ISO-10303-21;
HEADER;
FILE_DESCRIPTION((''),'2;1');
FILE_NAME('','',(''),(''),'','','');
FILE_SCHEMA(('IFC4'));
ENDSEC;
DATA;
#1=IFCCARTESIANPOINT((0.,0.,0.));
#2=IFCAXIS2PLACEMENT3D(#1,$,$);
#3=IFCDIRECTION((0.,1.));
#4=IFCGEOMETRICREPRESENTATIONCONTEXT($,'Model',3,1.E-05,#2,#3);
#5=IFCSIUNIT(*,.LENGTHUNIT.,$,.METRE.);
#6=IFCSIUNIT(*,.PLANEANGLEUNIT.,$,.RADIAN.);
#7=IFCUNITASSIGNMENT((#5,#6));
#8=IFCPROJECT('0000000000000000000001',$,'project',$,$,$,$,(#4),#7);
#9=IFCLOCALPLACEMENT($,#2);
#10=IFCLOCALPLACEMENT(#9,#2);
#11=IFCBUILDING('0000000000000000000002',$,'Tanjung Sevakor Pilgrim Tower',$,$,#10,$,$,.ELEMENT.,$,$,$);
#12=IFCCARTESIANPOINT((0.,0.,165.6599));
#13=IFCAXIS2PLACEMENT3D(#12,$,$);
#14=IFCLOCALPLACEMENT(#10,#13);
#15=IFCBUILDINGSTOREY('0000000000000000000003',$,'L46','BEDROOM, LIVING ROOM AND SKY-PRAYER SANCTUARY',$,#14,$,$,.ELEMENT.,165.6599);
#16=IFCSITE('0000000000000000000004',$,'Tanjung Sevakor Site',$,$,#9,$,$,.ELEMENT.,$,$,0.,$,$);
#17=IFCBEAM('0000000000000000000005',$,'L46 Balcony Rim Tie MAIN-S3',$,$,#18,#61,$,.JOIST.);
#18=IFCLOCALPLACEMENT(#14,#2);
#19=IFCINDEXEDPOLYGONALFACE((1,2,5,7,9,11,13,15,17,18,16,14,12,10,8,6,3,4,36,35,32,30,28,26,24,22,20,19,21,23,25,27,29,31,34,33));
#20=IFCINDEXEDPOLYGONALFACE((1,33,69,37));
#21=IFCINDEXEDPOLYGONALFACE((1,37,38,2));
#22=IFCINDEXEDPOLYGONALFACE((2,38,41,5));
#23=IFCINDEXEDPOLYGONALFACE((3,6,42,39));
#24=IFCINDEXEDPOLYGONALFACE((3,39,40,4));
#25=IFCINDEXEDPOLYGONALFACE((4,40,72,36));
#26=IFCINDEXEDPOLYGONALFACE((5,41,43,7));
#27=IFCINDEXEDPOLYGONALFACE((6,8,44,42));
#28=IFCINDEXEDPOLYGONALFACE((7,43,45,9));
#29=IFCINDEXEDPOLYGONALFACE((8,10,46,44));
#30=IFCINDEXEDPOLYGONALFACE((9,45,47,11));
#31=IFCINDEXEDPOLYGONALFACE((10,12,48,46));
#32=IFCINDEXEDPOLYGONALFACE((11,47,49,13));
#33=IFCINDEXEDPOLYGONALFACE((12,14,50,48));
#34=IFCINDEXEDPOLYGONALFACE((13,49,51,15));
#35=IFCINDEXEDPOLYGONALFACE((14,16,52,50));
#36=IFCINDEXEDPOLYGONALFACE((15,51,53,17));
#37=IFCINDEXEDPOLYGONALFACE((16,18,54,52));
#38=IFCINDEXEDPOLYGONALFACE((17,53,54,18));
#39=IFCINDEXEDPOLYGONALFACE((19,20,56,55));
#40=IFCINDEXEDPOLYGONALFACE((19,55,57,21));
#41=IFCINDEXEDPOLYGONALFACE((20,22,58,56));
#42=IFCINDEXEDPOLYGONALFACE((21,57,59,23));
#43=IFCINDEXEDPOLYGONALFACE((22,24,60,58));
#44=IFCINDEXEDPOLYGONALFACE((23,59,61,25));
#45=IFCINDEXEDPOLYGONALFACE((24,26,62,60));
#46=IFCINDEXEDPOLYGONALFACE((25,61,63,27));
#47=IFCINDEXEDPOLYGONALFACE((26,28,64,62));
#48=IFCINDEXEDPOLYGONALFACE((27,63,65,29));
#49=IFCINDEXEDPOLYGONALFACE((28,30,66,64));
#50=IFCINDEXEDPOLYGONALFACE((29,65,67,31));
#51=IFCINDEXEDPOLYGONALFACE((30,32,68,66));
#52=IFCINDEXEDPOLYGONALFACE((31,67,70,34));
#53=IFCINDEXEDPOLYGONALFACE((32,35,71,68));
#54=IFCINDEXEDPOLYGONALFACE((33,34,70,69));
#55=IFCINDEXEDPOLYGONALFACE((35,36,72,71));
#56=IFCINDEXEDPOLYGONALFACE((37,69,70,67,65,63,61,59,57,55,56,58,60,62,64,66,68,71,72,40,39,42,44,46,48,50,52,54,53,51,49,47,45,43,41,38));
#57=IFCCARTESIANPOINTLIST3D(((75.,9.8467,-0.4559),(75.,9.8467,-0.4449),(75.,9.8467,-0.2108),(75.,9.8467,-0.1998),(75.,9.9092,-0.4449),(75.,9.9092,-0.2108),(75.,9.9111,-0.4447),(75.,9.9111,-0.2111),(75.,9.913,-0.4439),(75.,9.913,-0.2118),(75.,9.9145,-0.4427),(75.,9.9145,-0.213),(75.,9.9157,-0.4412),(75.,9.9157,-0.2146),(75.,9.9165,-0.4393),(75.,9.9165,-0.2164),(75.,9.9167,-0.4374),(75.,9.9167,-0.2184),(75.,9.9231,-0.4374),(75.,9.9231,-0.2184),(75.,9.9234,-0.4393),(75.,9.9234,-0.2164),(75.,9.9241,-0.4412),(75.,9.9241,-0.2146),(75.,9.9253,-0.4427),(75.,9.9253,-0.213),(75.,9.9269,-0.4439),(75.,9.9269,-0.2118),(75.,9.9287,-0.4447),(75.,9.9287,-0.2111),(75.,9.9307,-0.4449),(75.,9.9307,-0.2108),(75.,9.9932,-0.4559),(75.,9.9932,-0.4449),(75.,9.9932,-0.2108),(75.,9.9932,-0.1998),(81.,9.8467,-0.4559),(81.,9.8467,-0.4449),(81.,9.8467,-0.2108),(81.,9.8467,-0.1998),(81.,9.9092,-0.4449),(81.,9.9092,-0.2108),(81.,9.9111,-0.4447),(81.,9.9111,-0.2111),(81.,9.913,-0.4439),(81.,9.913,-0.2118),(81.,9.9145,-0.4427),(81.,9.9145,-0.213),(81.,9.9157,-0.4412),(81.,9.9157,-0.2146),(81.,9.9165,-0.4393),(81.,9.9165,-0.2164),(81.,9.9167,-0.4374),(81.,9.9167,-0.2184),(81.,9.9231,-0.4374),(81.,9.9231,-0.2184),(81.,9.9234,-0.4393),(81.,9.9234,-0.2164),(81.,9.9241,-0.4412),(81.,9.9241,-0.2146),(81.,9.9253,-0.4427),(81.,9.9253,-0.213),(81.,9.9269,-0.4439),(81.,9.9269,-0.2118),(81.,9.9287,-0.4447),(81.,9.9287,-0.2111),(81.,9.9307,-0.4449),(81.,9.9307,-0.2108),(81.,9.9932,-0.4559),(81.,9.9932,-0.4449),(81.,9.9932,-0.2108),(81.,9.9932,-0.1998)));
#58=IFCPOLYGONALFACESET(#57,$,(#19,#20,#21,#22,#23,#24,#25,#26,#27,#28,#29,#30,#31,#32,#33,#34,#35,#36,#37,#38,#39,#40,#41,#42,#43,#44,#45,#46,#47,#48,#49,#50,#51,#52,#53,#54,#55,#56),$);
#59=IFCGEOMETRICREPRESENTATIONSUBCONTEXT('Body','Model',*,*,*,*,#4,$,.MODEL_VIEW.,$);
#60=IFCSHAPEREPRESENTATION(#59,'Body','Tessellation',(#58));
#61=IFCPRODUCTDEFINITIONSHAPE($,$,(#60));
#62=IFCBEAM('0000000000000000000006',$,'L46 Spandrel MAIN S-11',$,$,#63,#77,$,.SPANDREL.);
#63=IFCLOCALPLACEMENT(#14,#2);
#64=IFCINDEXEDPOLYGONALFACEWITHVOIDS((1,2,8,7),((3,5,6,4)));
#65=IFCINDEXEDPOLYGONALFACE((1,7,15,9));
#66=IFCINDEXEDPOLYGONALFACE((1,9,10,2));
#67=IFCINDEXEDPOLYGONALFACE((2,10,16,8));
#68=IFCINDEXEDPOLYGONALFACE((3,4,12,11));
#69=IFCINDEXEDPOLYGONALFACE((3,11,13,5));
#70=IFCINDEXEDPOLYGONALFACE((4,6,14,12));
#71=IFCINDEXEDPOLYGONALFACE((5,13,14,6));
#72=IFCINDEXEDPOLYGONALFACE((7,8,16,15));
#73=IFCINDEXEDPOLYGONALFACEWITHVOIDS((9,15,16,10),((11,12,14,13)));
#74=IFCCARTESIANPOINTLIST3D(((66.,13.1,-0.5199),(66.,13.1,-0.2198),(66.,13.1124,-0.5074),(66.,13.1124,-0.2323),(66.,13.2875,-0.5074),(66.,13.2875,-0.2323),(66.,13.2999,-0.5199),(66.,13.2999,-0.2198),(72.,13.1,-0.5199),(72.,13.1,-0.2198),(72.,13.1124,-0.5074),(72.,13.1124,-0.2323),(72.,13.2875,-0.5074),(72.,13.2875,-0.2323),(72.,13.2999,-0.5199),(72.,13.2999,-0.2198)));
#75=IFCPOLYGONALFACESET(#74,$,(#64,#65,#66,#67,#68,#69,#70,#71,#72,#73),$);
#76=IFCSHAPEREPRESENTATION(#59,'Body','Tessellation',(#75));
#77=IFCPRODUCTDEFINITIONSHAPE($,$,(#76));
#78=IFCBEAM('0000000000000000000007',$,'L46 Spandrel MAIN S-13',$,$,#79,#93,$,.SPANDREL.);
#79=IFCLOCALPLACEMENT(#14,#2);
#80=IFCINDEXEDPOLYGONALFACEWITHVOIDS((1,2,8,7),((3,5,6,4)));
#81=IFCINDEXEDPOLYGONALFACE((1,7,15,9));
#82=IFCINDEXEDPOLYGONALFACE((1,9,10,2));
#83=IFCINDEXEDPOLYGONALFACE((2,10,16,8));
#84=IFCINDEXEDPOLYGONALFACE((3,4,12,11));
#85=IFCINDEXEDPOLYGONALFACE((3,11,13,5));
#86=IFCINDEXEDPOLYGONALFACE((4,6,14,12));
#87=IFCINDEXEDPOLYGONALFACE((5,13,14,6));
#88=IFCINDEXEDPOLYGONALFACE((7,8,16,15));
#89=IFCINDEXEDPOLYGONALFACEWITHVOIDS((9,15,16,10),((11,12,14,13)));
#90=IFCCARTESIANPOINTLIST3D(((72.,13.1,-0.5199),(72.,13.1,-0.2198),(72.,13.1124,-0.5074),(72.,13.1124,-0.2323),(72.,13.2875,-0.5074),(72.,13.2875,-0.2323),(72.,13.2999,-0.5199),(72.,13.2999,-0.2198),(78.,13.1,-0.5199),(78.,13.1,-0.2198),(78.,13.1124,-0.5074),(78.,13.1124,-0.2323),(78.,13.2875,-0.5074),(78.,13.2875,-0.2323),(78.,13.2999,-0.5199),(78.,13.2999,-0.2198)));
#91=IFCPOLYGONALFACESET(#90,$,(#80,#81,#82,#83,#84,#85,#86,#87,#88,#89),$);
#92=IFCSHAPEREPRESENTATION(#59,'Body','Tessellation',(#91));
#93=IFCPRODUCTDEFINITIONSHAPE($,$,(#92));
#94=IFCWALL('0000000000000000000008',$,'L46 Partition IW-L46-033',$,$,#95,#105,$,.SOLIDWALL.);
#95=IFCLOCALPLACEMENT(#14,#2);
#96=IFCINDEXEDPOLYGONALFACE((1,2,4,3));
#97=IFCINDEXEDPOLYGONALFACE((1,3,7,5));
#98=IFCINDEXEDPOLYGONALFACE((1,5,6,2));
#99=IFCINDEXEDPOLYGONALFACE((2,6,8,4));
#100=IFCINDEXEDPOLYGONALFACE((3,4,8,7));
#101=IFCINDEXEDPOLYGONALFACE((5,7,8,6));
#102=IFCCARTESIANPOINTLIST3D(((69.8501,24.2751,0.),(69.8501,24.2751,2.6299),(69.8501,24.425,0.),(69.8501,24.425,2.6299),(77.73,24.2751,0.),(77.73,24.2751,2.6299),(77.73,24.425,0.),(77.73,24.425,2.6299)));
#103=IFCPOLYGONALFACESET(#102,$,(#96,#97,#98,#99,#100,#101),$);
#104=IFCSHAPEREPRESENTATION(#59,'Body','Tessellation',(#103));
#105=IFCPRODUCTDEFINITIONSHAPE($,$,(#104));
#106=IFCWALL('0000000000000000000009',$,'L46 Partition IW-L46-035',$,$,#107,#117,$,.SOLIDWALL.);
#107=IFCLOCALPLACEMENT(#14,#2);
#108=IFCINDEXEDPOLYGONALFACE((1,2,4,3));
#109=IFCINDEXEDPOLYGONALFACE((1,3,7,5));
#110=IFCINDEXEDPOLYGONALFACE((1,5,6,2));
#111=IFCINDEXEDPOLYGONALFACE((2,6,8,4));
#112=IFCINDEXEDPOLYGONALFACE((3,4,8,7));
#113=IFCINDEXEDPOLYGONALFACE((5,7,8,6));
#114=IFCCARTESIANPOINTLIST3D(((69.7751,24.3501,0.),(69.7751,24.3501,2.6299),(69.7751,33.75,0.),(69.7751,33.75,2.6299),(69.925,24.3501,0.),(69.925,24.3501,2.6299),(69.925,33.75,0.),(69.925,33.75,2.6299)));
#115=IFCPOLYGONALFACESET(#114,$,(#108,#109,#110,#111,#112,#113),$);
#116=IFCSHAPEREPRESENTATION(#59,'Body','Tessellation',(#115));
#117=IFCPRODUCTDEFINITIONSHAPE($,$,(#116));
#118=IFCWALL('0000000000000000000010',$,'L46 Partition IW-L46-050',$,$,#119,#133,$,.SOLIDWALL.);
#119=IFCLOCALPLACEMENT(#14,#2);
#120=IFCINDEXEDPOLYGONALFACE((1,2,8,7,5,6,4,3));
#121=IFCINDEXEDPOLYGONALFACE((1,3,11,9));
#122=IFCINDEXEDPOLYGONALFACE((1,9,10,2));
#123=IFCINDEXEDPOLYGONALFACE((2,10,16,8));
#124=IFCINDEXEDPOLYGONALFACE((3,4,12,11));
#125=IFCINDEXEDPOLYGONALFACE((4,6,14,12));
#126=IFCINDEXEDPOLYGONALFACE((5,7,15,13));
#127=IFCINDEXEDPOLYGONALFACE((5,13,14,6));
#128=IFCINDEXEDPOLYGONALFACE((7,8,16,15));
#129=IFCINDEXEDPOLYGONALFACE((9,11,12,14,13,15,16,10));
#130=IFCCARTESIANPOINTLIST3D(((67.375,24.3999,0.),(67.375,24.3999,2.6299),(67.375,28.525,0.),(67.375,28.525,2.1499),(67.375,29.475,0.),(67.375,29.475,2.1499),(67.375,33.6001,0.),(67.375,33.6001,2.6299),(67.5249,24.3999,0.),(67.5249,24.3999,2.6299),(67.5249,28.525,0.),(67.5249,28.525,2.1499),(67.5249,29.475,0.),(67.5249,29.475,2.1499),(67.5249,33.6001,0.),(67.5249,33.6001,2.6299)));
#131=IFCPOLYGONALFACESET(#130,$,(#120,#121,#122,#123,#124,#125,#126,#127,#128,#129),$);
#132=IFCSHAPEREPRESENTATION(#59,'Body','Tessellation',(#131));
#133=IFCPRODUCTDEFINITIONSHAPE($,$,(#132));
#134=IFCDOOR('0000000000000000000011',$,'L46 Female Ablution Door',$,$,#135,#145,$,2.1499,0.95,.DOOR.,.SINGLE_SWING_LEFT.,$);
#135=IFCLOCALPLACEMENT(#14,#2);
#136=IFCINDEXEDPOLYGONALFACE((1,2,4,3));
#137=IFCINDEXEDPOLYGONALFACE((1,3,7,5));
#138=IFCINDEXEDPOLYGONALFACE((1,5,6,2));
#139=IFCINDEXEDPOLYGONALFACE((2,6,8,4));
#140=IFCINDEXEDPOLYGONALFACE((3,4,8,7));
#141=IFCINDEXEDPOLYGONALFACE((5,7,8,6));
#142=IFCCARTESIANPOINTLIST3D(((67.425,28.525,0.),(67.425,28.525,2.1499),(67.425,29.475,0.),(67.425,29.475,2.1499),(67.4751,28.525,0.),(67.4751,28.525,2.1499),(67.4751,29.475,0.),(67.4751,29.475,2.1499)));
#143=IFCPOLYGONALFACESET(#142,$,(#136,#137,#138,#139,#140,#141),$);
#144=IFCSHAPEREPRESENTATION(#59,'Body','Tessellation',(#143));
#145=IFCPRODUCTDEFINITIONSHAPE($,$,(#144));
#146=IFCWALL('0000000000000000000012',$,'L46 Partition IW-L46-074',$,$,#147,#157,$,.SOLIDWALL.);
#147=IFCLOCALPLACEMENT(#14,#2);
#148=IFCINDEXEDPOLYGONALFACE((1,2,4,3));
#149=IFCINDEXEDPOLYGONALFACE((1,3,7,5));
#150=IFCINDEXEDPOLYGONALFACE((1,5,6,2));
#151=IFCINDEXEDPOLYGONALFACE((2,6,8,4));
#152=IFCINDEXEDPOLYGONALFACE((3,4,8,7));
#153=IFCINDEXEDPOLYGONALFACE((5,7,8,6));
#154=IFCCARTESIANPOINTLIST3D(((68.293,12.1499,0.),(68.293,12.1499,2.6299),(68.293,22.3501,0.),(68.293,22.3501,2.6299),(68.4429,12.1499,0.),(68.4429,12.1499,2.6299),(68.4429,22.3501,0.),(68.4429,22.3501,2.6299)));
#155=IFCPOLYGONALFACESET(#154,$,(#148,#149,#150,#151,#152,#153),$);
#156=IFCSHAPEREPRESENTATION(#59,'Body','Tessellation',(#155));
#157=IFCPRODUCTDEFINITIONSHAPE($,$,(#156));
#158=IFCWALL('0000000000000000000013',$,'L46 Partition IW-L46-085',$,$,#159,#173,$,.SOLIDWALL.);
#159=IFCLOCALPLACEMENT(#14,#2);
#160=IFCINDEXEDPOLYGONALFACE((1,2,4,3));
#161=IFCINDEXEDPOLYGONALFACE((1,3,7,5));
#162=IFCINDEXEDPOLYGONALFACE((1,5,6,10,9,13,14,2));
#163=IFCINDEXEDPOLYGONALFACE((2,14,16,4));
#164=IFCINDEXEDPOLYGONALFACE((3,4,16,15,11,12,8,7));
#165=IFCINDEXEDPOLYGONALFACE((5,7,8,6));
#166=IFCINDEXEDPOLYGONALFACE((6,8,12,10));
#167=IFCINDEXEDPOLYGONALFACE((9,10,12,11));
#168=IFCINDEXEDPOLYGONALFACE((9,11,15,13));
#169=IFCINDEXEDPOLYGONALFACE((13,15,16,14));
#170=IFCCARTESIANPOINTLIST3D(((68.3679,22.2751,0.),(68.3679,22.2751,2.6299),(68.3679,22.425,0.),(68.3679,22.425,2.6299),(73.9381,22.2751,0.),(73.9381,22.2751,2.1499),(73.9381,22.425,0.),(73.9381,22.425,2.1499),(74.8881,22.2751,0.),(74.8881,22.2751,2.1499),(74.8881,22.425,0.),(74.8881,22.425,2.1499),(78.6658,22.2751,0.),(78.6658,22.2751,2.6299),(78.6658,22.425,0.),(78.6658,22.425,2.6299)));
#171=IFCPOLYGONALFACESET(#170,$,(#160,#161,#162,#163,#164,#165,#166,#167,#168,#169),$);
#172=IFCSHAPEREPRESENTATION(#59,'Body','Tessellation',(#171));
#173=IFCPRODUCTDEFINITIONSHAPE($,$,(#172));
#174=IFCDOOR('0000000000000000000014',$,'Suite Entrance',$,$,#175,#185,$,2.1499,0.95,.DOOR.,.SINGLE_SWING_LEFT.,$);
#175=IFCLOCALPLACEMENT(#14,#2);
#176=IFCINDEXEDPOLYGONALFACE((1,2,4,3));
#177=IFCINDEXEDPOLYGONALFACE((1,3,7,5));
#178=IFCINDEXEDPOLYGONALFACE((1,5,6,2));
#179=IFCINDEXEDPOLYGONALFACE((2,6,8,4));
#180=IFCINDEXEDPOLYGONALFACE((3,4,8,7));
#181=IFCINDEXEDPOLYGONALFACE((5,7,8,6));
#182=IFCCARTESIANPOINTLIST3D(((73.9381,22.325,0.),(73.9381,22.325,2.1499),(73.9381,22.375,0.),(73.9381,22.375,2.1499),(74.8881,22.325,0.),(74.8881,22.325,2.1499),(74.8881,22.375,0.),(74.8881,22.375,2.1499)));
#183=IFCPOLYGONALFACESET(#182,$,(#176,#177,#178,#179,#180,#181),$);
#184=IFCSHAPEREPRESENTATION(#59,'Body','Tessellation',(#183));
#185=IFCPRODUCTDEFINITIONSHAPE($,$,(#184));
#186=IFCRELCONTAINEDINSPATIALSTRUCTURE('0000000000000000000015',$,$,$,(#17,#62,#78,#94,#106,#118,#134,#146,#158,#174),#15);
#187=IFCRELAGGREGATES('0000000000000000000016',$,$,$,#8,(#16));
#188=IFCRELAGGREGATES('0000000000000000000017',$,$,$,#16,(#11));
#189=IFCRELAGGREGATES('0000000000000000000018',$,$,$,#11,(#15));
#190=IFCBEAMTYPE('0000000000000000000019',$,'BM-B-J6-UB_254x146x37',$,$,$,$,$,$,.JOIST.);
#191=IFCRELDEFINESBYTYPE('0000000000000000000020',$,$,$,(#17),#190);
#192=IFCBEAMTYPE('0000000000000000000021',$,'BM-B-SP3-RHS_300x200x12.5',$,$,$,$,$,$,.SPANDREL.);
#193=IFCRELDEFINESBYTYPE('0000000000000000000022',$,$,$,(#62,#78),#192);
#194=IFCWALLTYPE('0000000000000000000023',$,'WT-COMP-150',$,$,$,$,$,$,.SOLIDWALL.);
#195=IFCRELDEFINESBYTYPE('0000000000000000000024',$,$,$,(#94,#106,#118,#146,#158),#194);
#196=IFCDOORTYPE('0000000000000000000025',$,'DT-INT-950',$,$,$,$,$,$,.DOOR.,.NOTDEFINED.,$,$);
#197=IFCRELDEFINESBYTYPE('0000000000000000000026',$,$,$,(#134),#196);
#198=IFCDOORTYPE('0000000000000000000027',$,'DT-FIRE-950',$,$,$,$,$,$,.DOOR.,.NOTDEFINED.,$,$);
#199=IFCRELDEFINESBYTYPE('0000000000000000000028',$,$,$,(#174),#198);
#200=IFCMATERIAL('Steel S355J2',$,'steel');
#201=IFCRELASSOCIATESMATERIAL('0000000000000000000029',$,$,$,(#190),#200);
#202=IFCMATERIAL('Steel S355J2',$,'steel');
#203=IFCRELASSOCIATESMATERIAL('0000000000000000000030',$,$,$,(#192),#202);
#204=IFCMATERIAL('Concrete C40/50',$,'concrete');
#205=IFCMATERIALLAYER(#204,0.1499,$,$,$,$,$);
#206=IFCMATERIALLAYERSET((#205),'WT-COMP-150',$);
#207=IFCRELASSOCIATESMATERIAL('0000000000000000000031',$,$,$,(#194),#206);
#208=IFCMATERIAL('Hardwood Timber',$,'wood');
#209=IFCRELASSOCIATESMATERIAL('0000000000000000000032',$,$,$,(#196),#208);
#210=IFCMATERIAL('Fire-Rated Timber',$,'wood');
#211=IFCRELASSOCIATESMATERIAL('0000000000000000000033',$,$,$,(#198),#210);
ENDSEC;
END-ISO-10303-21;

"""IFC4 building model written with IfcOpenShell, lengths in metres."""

from ifc_helpers import new_model, si_unit, direction, frame, frame_2d, origin, origin_2d, place, context, subcontext, project, spatial, rectangle, hollow_rectangle, i_section, extrude, material, layer, layer_set, material_profile, profile_set, type_object, element, fill, save


model = new_model("IFC4")

# Units and contexts
model_context = context("Model", 3, precision=1e-05, world=origin(), true_north=direction((0.0, 1.0)))
body_context = subcontext(model_context, "Body", "Model", "MODEL_VIEW")
ifc_project = project(units=[si_unit("LENGTHUNIT", "METRE"), si_unit("PLANEANGLEUNIT", "RADIAN")], contexts=[model_context])

# Site, building, storey
site_placement = place(None, origin())
site = spatial("IfcSite", under=ifc_project, at=site_placement, Name="Tanjung Sevakor Site", CompositionType="ELEMENT", RefElevation=0.0)
building_placement = place(site_placement, origin())
building = spatial("IfcBuilding", under=site, at=building_placement, Name="Tanjung Sevakor Pilgrim Tower", CompositionType="ELEMENT")
storey_placement = place(building_placement, frame((0.0, 0.0, 165.6599)))
storey = spatial("IfcBuildingStorey", under=building, at=storey_placement, Name="L46", Description="BEDROOM, LIVING ROOM AND SKY-PRAYER SANCTUARY", CompositionType="ELEMENT", Elevation=165.6599)

# Beams
ifc_material_1 = material(Name="Steel S355J2", Category="steel")
ifc_material_profile_1 = material_profile(ifc_material_1, i_section(OverallWidth=0.1465, OverallDepth=0.2561, WebThickness=0.0063, FlangeThickness=0.011, FilletRadius=0.0076, at=origin_2d()))
ifc_profile_set_1 = profile_set([ifc_material_profile_1], Name="Steel S355J2")
beam_type_1 = type_object("IfcBeamType", Name="BM-B-J6-UB_254x146x37", PredefinedType="JOIST", material=ifc_profile_set_1)
beam_1_placement = place(storey_placement, frame((75.0, 9.9199, -0.3279), z_axis=(1.0, 0.0, 0.0), x_axis=(0.0, 1.0, 0.0)))
element("IfcBeam", 1, at=beam_1_placement, inside=storey, type_object=beam_type_1, Name="L46 Balcony Rim Tie MAIN-S3", PredefinedType="JOIST", context=body_context, shape_type="SweptSolid", body=[
    extrude(i_section(OverallWidth=0.1465, OverallDepth=0.2561, WebThickness=0.0063, FlangeThickness=0.011, FilletRadius=0.0076, at=origin_2d()), origin(), (0.0, 0.0, 1.0), 6.0),
])
ifc_material_2 = material(Name="Steel S355J2", Category="steel")
ifc_material_profile_2 = material_profile(ifc_material_2, hollow_rectangle(XDim=0.2, YDim=0.3, WallThickness=0.0125, at=origin_2d()))
ifc_profile_set_2 = profile_set([ifc_material_profile_2], Name="Steel S355J2")
beam_type_2 = type_object("IfcBeamType", Name="BM-B-SP3-RHS_300x200x12.5", PredefinedType="SPANDREL", material=ifc_profile_set_2)
for number, where, z_axis, x_axis, name in (
    (2, (66.0, 13.2, -0.3699), (1.0, 0.0, 0.0), (0.0, 1.0, 0.0), "L46 Spandrel MAIN S-11"),
    (3, (72.0, 13.2, -0.3699), (1.0, 0.0, 0.0), (0.0, 1.0, 0.0), "L46 Spandrel MAIN S-13"),
):
    element("IfcBeam", number, at=place(storey_placement, frame(where, z_axis=z_axis, x_axis=x_axis)), inside=storey, type_object=beam_type_2, Name=name, PredefinedType="SPANDREL", context=body_context, shape_type="SweptSolid", body=[
        extrude(hollow_rectangle(XDim=0.2, YDim=0.3, WallThickness=0.0125, at=origin_2d()), origin(), (0.0, 0.0, 1.0), 6.0),
    ])

# Walls
ifc_material_3 = material(Name="Concrete C40/50", Category="concrete")
ifc_layer_1 = layer(ifc_material_3, 0.1499)
ifc_layer_set_1 = layer_set([ifc_layer_1], Name="WT-COMP-150")
wall_type_1 = type_object("IfcWallType", Name="WT-COMP-150", PredefinedType="SOLIDWALL", material=ifc_layer_set_1)
wall_1_placement = place(storey_placement, frame((69.8501, 24.3501, 0.0), z_axis=(0.0, 0.0, 1.0), x_axis=(1.0, 0.0, 0.0)))
element("IfcWall", 4, at=wall_1_placement, inside=storey, type_object=wall_type_1, Name="L46 Partition IW-L46-033", PredefinedType="SOLIDWALL", context=body_context, shape_type="SweptSolid", body=[
    extrude(rectangle(XDim=7.8799, YDim=0.1499, at=frame_2d((3.9399, 0.0))), origin(), (0.0, 0.0, 1.0), 2.6299),
])
wall_2_placement = place(storey_placement, frame((69.8501, 24.3501, 0.0), z_axis=(0.0, 0.0, 1.0), x_axis=(0.0, 1.0, 0.0)))
element("IfcWall", 5, at=wall_2_placement, inside=storey, type_object=wall_type_1, Name="L46 Partition IW-L46-035", PredefinedType="SOLIDWALL", context=body_context, shape_type="SweptSolid", body=[
    extrude(rectangle(XDim=9.3999, YDim=0.1499, at=frame_2d((4.7, 0.0))), origin(), (0.0, 0.0, 1.0), 2.6299),
])

# Wall, opening, door
wall_3_placement = place(storey_placement, frame((67.45, 24.3999, 0.0), z_axis=(0.0, 0.0, 1.0), x_axis=(0.0, 1.0, 0.0)))
wall_3 = element("IfcWall", 6, at=wall_3_placement, inside=storey, type_object=wall_type_1, Name="L46 Partition IW-L46-050", PredefinedType="SOLIDWALL", context=body_context, shape_type="SweptSolid", body=[
    extrude(rectangle(XDim=9.2002, YDim=0.1499, at=frame_2d((4.6001, 0.0))), origin(), (0.0, 0.0, 1.0), 2.6299),
])
opening_1_placement = place(wall_3_placement, frame((4.125, 0.0, 0.0)))
opening_1 = element("IfcOpeningElement", 7, at=opening_1_placement, cuts=wall_3, PredefinedType="OPENING", context=body_context, shape_type="SweptSolid", body=[
    extrude(rectangle(XDim=0.95, YDim=2.1499, at=frame_2d((0.4751, 1.075))), frame((0.0, 0.085, 0.0), z_axis=(0.0, -1.0, 0.0), x_axis=(1.0, 0.0, 0.0)), (0.0, 0.0, 1.0), 0.1699),
])
ifc_material_4 = material(Name="Hardwood Timber", Category="wood")
door_type_1 = type_object("IfcDoorType", Name="DT-INT-950", OperationType="NOTDEFINED", PredefinedType="DOOR", material=ifc_material_4)
door_1_placement = place(opening_1_placement, origin())
door_1 = element("IfcDoor", 8, at=door_1_placement, inside=storey, type_object=door_type_1, Name="L46 Female Ablution Door", OperationType="SINGLE_SWING_LEFT", OverallHeight=2.1499, OverallWidth=0.95, PredefinedType="DOOR", context=body_context, shape_type="SweptSolid", body=[
    extrude(rectangle(XDim=0.95, YDim=2.1499, at=frame_2d((0.4751, 1.075))), frame((0.0, 0.0249, 0.0), z_axis=(0.0, -1.0, 0.0), x_axis=(1.0, 0.0, 0.0)), (0.0, 0.0, 1.0), 0.05),
])
fill(opening_1, door_1)

# Wall
wall_4_placement = place(storey_placement, frame((68.3679, 12.1499, 0.0), z_axis=(0.0, 0.0, 1.0), x_axis=(0.0, 1.0, 0.0)))
element("IfcWall", 9, at=wall_4_placement, inside=storey, type_object=wall_type_1, Name="L46 Partition IW-L46-074", PredefinedType="SOLIDWALL", context=body_context, shape_type="SweptSolid", body=[
    extrude(rectangle(XDim=10.2002, YDim=0.1499, at=frame_2d((5.1001, 0.0))), origin(), (0.0, 0.0, 1.0), 2.6299),
])

# Wall, opening, door
wall_5_placement = place(storey_placement, frame((68.3679, 22.3501, 0.0), z_axis=(0.0, 0.0, 1.0), x_axis=(1.0, 0.0, 0.0)))
wall_5 = element("IfcWall", 10, at=wall_5_placement, inside=storey, type_object=wall_type_1, Name="L46 Partition IW-L46-085", PredefinedType="SOLIDWALL", context=body_context, shape_type="SweptSolid", body=[
    extrude(rectangle(XDim=10.2979, YDim=0.1499, at=frame_2d((5.1489, 0.0))), origin(), (0.0, 0.0, 1.0), 2.6299),
])
opening_2_placement = place(wall_5_placement, frame((5.5701, 0.0, 0.0)))
opening_2 = element("IfcOpeningElement", 11, at=opening_2_placement, cuts=wall_5, PredefinedType="OPENING", context=body_context, shape_type="SweptSolid", body=[
    extrude(rectangle(XDim=0.95, YDim=2.1499, at=frame_2d((0.4751, 1.075))), frame((0.0, 0.085, 0.0), z_axis=(0.0, -1.0, 0.0), x_axis=(1.0, 0.0, 0.0)), (0.0, 0.0, 1.0), 0.1699),
])
ifc_material_5 = material(Name="Fire-Rated Timber", Category="wood")
door_type_2 = type_object("IfcDoorType", Name="DT-FIRE-950", OperationType="NOTDEFINED", PredefinedType="DOOR", material=ifc_material_5)
door_2_placement = place(opening_2_placement, origin())
door_2 = element("IfcDoor", 12, at=door_2_placement, inside=storey, type_object=door_type_2, Name="Suite Entrance", OperationType="SINGLE_SWING_LEFT", OverallHeight=2.1499, OverallWidth=0.95, PredefinedType="DOOR", context=body_context, shape_type="SweptSolid", body=[
    extrude(rectangle(XDim=0.95, YDim=2.1499, at=frame_2d((0.4751, 1.075))), frame((0.0, 0.0249, 0.0), z_axis=(0.0, -1.0, 0.0), x_axis=(1.0, 0.0, 0.0)), (0.0, 0.0, 1.0), 0.05),
])
fill(opening_2, door_2)

save(model, "model.ifc")
